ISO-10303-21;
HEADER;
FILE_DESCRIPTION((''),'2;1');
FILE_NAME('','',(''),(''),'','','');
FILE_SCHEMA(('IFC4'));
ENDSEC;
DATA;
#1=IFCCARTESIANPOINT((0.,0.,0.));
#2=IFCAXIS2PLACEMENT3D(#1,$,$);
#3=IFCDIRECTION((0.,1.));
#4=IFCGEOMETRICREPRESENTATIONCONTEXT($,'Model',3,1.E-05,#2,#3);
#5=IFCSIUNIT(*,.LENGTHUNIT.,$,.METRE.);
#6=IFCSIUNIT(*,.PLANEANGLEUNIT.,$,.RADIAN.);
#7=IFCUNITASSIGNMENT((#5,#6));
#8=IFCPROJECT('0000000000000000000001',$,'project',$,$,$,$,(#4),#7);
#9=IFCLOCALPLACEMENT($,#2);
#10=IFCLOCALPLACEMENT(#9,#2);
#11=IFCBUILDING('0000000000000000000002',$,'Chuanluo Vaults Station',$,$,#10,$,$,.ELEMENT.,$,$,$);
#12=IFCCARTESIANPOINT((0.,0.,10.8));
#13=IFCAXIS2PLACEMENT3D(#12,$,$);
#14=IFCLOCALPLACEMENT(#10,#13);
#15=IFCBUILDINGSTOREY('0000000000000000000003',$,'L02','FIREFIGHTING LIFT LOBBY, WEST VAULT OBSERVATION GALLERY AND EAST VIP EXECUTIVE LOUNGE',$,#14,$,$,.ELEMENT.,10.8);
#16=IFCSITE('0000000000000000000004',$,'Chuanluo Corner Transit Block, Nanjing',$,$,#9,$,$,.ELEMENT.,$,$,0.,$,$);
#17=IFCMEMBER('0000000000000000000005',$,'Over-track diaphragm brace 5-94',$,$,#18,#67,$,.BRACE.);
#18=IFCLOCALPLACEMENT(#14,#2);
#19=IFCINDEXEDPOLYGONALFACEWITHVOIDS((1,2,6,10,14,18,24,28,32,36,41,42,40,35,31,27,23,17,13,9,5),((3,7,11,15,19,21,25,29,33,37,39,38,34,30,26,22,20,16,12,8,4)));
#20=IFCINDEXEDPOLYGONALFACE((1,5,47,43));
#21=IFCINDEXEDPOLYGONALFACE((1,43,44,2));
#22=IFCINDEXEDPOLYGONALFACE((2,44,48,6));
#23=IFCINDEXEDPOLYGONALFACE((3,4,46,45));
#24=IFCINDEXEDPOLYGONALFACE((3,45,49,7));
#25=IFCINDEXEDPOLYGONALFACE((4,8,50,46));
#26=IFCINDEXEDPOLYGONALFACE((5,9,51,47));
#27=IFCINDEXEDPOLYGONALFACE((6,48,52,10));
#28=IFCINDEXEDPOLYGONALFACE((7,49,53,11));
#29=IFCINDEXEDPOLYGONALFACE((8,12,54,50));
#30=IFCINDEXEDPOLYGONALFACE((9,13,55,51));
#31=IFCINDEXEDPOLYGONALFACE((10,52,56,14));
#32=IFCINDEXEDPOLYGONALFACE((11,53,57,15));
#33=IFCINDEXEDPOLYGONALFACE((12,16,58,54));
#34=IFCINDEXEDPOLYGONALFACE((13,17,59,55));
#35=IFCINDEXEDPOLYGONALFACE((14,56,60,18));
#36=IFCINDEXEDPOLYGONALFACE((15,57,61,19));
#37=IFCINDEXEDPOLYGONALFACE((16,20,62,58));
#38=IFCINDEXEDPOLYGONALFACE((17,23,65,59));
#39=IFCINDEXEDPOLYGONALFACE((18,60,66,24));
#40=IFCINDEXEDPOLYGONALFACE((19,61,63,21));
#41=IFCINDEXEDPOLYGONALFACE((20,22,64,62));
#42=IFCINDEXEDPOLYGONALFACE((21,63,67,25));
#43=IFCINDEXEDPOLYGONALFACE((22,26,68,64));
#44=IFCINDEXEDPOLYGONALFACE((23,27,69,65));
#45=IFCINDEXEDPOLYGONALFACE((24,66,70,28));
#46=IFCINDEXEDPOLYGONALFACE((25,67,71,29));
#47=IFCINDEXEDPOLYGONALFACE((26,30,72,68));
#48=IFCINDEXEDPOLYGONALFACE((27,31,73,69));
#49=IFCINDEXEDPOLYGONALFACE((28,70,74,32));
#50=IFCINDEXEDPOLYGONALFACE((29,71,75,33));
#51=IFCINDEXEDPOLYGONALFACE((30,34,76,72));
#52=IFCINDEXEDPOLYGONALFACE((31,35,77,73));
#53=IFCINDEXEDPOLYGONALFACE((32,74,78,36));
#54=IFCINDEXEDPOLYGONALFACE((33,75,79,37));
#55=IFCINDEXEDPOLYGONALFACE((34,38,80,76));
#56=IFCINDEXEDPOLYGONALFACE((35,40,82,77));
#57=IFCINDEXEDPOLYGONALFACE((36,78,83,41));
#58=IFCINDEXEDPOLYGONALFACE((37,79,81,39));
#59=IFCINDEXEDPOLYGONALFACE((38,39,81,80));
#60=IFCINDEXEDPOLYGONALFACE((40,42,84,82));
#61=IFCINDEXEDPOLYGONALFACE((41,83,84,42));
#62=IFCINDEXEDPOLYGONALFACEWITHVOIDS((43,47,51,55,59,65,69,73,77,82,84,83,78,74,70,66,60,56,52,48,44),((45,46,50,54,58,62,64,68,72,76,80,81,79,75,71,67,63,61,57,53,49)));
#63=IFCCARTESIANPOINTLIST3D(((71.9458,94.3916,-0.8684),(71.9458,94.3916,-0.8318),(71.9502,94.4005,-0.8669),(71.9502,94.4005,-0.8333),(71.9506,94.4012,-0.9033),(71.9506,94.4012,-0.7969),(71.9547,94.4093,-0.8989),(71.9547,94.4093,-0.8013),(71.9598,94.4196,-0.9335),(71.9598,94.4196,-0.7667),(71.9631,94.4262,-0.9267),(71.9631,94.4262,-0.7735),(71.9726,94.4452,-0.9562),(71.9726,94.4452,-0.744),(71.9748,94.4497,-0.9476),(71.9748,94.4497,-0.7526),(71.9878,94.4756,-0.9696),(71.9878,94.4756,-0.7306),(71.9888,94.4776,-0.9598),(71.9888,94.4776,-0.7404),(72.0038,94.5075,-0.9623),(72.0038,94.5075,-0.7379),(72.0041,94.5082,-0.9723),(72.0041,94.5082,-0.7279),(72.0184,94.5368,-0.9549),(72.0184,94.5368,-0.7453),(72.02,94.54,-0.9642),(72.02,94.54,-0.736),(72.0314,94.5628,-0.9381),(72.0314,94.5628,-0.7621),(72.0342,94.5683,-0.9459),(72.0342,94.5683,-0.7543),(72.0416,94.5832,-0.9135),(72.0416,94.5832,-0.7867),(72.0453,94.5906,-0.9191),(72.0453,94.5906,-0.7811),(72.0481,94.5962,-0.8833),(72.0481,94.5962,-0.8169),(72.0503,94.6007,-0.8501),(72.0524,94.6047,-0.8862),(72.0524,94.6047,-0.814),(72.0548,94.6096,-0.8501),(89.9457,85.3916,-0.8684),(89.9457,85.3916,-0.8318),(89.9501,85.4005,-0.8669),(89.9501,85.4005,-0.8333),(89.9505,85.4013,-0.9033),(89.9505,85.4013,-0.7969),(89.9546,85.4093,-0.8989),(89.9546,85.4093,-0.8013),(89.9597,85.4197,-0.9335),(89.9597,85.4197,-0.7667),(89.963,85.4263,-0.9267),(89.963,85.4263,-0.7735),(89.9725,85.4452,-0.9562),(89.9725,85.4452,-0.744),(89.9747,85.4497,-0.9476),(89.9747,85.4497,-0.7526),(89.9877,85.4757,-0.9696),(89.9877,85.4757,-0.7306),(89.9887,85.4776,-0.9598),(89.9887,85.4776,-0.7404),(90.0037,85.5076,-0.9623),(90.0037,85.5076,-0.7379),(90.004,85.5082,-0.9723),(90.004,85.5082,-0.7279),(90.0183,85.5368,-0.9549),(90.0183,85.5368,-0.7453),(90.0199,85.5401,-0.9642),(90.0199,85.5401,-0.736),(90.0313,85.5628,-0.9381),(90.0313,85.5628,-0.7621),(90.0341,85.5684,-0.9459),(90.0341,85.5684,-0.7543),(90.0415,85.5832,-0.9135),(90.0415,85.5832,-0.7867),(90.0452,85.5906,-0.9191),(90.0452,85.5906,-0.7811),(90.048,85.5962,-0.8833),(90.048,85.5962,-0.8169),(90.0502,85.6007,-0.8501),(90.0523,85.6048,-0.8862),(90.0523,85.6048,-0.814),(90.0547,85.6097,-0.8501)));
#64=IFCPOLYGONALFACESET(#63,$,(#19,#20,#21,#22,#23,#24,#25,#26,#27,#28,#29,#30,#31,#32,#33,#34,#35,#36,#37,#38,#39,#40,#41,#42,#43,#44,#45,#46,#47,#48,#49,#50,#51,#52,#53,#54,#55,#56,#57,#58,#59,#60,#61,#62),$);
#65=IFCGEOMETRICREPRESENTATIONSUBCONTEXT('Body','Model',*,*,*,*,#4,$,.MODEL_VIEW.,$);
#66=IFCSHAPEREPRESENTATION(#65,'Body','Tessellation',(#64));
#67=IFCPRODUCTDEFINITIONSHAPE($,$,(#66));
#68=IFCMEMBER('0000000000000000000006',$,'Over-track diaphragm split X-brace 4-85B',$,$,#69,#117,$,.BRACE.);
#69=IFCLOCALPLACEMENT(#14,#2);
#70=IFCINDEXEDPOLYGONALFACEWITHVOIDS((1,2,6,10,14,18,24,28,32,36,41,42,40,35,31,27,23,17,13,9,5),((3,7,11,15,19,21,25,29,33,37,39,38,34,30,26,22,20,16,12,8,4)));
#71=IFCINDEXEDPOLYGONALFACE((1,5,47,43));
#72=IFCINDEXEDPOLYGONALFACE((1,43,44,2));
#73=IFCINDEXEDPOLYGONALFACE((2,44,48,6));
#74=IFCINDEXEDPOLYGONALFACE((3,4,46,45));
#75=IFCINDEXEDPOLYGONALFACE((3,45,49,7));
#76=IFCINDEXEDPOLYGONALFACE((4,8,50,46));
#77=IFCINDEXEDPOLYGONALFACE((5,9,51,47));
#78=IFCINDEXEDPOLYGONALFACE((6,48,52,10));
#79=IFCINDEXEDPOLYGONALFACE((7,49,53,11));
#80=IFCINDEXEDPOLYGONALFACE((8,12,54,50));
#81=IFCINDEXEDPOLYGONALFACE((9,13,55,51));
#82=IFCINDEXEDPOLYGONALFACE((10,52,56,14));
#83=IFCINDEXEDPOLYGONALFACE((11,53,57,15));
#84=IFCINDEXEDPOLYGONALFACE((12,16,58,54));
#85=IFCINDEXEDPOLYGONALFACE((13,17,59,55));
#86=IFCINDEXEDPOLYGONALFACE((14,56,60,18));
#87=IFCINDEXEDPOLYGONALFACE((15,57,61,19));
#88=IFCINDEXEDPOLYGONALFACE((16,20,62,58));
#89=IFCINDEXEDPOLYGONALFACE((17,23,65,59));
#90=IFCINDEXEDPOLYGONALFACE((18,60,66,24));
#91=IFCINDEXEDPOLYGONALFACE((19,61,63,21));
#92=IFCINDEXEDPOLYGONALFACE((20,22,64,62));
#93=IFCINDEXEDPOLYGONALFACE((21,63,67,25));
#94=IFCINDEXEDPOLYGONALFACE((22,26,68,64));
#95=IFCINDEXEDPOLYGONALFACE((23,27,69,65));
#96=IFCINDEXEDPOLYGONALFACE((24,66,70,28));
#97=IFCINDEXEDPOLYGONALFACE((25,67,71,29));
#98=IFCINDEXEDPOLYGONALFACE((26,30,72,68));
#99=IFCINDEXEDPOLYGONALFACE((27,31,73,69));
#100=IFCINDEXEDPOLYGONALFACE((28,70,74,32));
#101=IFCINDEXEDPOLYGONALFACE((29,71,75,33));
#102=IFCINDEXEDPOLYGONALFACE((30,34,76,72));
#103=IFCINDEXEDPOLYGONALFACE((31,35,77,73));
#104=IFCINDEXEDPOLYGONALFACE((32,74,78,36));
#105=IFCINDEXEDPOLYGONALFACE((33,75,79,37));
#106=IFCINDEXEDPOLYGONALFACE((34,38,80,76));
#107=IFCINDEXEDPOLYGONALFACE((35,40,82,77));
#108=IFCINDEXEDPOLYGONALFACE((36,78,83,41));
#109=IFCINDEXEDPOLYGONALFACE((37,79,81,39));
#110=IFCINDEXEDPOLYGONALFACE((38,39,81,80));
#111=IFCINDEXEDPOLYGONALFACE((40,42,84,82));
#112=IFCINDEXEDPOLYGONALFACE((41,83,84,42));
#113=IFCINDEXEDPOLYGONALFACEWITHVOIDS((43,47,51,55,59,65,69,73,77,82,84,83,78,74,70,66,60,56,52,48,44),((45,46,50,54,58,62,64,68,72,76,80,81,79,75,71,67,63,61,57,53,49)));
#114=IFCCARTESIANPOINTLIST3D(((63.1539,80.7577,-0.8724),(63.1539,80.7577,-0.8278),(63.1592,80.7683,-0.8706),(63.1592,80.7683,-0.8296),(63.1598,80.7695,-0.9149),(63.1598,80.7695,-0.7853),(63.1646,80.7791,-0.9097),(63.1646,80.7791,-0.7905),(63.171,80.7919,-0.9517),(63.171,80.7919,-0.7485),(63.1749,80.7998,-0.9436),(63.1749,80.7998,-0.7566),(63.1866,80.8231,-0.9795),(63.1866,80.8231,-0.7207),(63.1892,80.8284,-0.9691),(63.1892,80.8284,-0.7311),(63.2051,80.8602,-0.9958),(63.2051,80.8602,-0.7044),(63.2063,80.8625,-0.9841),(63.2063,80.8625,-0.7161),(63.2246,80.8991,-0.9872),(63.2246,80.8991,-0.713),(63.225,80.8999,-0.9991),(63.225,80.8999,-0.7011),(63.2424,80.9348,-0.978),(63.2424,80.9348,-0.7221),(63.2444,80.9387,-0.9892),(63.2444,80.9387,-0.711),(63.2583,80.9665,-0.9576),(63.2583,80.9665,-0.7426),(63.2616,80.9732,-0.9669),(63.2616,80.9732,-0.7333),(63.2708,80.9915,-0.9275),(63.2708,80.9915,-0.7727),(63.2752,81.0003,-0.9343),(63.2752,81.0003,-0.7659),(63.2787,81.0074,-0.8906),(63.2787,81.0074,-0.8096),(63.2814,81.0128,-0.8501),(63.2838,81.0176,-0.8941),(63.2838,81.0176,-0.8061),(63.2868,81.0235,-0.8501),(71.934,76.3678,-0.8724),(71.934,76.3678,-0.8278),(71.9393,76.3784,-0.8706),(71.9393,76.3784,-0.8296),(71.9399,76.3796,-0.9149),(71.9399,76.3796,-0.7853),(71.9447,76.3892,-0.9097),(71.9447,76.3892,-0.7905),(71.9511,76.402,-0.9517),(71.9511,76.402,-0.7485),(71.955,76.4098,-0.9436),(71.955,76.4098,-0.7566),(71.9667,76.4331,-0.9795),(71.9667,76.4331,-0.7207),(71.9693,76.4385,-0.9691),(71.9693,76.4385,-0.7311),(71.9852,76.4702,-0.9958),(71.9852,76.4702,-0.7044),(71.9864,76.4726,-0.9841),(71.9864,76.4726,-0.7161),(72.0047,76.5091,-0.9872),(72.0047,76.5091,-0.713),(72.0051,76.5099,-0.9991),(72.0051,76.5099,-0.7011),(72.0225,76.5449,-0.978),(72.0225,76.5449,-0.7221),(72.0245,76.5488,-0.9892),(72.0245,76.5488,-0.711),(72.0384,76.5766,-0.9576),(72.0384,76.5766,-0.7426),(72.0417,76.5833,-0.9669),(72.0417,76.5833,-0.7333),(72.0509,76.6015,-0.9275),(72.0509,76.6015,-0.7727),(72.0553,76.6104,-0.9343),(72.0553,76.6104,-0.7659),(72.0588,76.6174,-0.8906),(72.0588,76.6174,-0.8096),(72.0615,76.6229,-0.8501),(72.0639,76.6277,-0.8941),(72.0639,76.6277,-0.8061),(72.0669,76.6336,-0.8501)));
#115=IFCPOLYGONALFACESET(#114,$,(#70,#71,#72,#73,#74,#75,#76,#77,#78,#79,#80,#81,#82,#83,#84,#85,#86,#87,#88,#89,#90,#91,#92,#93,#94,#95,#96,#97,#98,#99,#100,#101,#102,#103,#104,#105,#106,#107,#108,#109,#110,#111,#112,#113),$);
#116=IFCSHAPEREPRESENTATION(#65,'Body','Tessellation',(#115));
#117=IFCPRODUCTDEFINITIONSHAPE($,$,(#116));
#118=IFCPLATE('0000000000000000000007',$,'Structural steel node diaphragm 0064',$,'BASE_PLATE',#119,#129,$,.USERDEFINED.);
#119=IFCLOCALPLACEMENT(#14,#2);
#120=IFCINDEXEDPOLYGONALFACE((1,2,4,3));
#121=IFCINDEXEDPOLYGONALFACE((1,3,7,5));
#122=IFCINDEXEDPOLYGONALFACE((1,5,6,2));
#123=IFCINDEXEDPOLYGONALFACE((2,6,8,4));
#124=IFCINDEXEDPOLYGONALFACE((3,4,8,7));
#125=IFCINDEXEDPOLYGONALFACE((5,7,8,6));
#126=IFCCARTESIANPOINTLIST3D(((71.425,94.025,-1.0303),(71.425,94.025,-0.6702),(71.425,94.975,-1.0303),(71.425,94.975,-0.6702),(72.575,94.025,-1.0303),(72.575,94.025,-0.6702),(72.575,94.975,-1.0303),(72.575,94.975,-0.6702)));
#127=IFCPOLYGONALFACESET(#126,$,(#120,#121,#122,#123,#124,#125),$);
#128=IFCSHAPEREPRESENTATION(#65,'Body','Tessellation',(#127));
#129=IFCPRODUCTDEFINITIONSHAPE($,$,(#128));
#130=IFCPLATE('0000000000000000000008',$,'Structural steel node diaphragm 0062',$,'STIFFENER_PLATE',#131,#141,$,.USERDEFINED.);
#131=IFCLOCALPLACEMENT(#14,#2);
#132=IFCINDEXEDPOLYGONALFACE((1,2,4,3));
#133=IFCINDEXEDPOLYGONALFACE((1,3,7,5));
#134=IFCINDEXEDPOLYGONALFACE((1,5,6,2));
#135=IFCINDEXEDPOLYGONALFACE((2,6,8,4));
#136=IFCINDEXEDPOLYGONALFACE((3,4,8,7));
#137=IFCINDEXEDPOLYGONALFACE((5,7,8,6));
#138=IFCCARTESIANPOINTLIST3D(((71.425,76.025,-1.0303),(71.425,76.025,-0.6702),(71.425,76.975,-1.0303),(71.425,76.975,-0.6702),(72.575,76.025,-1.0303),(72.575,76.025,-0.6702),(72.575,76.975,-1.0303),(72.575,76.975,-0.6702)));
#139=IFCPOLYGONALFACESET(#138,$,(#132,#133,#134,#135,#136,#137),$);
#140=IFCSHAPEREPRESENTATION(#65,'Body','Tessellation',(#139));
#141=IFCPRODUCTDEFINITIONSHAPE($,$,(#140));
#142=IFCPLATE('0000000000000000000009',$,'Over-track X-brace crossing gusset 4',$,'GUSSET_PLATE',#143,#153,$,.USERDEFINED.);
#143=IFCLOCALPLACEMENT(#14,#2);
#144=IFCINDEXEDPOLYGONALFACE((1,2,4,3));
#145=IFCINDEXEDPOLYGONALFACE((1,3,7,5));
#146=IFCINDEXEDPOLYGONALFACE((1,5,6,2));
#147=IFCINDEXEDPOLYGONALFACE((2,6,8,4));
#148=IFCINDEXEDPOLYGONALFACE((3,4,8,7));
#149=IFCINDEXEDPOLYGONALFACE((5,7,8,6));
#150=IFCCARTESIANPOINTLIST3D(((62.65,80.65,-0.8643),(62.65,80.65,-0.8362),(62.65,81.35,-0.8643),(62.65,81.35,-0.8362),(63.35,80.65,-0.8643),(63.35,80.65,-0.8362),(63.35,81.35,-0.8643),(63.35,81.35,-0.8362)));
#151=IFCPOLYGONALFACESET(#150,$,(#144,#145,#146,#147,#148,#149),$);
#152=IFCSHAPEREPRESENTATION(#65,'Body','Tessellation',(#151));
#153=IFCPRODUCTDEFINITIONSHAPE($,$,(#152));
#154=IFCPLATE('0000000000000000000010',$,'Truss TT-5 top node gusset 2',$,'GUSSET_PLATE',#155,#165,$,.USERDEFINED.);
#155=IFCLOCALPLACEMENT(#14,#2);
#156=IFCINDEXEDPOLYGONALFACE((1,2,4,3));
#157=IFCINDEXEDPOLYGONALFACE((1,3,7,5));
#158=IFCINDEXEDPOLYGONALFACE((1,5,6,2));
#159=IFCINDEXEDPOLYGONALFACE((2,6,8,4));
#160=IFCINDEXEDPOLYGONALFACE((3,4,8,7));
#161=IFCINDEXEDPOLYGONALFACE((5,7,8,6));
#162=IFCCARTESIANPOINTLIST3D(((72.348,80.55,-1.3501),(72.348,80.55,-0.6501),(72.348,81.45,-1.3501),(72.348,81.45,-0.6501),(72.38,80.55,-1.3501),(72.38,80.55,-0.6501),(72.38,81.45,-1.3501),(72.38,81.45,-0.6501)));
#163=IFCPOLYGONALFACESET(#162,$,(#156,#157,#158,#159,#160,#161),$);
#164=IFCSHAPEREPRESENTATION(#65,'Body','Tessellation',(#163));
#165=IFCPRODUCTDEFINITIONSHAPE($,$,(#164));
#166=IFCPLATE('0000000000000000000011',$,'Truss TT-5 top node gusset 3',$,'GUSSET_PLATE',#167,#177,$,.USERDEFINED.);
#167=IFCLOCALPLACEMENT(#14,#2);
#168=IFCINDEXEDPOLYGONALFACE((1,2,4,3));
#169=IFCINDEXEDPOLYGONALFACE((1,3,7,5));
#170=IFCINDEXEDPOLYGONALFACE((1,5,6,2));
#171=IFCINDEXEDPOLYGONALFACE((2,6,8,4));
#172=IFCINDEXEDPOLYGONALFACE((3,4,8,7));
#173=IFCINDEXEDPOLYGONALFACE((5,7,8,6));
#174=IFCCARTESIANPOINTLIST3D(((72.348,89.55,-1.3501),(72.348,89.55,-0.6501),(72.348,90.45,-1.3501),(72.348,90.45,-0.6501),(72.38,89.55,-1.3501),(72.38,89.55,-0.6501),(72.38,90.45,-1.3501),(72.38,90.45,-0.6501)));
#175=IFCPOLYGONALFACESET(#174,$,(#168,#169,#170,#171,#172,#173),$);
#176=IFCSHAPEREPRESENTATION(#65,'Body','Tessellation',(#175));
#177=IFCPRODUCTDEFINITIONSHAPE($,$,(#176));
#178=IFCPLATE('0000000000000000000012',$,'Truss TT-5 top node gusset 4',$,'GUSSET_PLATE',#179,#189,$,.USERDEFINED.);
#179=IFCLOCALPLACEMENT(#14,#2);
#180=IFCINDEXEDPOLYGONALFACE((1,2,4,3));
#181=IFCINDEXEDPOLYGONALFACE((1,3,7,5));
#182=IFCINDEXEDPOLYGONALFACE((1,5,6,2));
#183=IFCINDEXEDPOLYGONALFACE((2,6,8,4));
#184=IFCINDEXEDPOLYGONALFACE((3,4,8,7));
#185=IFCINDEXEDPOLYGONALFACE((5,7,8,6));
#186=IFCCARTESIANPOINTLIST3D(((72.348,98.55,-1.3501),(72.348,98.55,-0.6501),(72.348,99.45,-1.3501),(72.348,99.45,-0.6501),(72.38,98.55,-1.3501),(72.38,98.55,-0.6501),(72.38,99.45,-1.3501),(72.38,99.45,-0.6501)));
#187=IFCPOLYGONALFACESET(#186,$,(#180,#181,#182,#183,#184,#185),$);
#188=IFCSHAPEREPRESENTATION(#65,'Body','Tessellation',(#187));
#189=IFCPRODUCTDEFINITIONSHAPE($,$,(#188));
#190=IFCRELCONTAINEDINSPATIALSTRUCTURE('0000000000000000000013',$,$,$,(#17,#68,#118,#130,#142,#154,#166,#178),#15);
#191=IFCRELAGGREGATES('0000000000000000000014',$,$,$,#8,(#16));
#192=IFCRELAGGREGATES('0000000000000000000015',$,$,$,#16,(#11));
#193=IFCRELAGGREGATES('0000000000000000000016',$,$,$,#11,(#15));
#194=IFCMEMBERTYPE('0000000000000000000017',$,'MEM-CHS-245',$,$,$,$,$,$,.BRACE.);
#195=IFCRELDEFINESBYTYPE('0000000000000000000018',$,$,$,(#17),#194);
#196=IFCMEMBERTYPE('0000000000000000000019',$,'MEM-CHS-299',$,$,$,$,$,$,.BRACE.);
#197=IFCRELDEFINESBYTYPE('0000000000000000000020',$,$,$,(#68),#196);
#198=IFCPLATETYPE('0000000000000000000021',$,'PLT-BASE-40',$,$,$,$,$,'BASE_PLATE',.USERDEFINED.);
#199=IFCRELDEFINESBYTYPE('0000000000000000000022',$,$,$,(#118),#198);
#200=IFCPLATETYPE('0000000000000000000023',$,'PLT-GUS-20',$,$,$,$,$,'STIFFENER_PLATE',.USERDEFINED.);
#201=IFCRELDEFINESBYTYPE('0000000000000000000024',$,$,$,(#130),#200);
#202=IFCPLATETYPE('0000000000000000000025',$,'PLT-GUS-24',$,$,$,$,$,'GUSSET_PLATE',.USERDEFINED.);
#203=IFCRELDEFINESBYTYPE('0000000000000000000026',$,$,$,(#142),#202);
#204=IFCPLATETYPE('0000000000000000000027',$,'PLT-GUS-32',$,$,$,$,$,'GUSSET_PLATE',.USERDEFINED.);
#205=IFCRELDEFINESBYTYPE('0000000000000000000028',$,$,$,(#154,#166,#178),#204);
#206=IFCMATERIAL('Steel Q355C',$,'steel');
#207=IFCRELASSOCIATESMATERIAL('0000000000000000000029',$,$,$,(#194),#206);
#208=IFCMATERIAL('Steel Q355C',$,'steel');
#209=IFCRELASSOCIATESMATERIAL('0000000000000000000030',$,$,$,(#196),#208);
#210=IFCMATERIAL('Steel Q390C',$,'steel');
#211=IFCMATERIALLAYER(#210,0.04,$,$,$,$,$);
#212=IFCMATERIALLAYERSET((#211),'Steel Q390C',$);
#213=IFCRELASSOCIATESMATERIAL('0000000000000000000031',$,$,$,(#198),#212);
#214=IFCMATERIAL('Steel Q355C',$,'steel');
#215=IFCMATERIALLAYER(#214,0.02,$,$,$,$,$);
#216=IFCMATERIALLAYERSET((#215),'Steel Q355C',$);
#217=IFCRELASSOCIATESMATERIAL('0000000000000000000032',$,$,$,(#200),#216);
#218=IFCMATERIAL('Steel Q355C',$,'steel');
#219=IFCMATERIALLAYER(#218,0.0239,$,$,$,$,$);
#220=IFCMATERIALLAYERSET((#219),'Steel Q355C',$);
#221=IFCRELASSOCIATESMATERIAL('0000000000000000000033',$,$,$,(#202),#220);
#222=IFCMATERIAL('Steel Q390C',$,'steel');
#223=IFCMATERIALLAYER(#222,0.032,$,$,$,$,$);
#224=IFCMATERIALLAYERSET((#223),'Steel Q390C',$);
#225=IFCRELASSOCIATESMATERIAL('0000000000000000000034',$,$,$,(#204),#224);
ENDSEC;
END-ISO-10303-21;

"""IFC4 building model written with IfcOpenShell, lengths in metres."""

from ifc_helpers import new_model, si_unit, direction, frame, origin, origin_2d, place, context, subcontext, project, spatial, rectangle, hollow_circle, extrude, material, layer, layer_set, material_profile, profile_set, type_object, element, save


model = new_model("IFC4")

# Units and contexts
model_context = context("Model", 3, precision=1e-05, world=origin(), true_north=direction((0.0, 1.0)))
body_context = subcontext(model_context, "Body", "Model", "MODEL_VIEW")
ifc_project = project(units=[si_unit("LENGTHUNIT", "METRE"), si_unit("PLANEANGLEUNIT", "RADIAN")], contexts=[model_context])

# Site, building, storey
site_placement = place(None, origin())
site = spatial("IfcSite", under=ifc_project, at=site_placement, Name="Chuanluo Corner Transit Block, Nanjing", CompositionType="ELEMENT", RefElevation=0.0)
building_placement = place(site_placement, origin())
building = spatial("IfcBuilding", under=site, at=building_placement, Name="Chuanluo Vaults Station", CompositionType="ELEMENT")
storey_placement = place(building_placement, frame((0.0, 0.0, 10.8)))
storey = spatial("IfcBuildingStorey", under=building, at=storey_placement, Name="L02", Description="FIREFIGHTING LIFT LOBBY, WEST VAULT OBSERVATION GALLERY AND EAST VIP EXECUTIVE LOUNGE", CompositionType="ELEMENT", Elevation=10.8)

# Members
ifc_material_1 = material(Name="Steel Q355C", Category="steel")
ifc_material_profile_1 = material_profile(ifc_material_1, hollow_circle(Radius=0.1226, WallThickness=0.01, at=origin_2d()))
ifc_profile_set_1 = profile_set([ifc_material_profile_1], Name="Steel Q355C")
member_type_1 = type_object("IfcMemberType", Name="MEM-CHS-245", PredefinedType="BRACE", material=ifc_profile_set_1)
member_1_placement = place(storey_placement, frame((72.0, 94.5, -0.8501), z_axis=(0.894427, -0.447214, 0.0), x_axis=(0.447214, 0.894427, 0.0)))
element("IfcMember", 1, at=member_1_placement, inside=storey, type_object=member_type_1, Name="Over-track diaphragm brace 5-94", PredefinedType="BRACE", context=body_context, shape_type="SweptSolid", body=[
    extrude(hollow_circle(Radius=0.1226, WallThickness=0.01, at=origin_2d()), origin(), (0.0, 0.0, 1.0), 20.1245),
])
ifc_material_2 = material(Name="Steel Q355C", Category="steel")
ifc_material_profile_2 = material_profile(ifc_material_2, hollow_circle(Radius=0.1494, WallThickness=0.012, at=origin_2d()))
ifc_profile_set_2 = profile_set([ifc_material_profile_2], Name="Steel Q355C")
member_type_2 = type_object("IfcMemberType", Name="MEM-CHS-299", PredefinedType="BRACE", material=ifc_profile_set_2)
member_2_placement = place(storey_placement, frame((63.22, 80.8899, -0.8501), z_axis=(0.894432, -0.447204, 0.0), x_axis=(0.447204, 0.894432, 0.0)))
element("IfcMember", 2, at=member_2_placement, inside=storey, type_object=member_type_2, Name="Over-track diaphragm split X-brace 4-85B", PredefinedType="BRACE", context=body_context, shape_type="SweptSolid", body=[
    extrude(hollow_circle(Radius=0.1494, WallThickness=0.012, at=origin_2d()), origin(), (0.0, 0.0, 1.0), 9.8164),
])

# Plates
ifc_material_3 = material(Name="Steel Q390C", Category="steel")
ifc_layer_1 = layer(ifc_material_3, 0.04)
ifc_layer_set_1 = layer_set([ifc_layer_1], Name="Steel Q390C")
plate_type_1 = type_object("IfcPlateType", Name="PLT-BASE-40", ElementType="BASE_PLATE", PredefinedType="USERDEFINED", material=ifc_layer_set_1)
plate_1_placement = place(storey_placement, frame((72.0, 94.5, -1.0303), z_axis=(0.0, 0.0, 1.0), x_axis=(1.0, 0.0, 0.0)))
element("IfcPlate", 3, at=plate_1_placement, inside=storey, type_object=plate_type_1, Name="Structural steel node diaphragm 0064", ObjectType="BASE_PLATE", PredefinedType="USERDEFINED", context=body_context, shape_type="SweptSolid", body=[
    extrude(rectangle(XDim=1.1499, YDim=0.95, at=origin_2d()), origin(), (0.0, 0.0, 1.0), 0.3601),
])
ifc_material_4 = material(Name="Steel Q355C", Category="steel")
ifc_layer_2 = layer(ifc_material_4, 0.02)
ifc_layer_set_2 = layer_set([ifc_layer_2], Name="Steel Q355C")
plate_type_2 = type_object("IfcPlateType", Name="PLT-GUS-20", ElementType="STIFFENER_PLATE", PredefinedType="USERDEFINED", material=ifc_layer_set_2)
plate_2_placement = place(storey_placement, frame((72.0, 76.5, -1.0303), z_axis=(0.0, 0.0, 1.0), x_axis=(1.0, 0.0, 0.0)))
element("IfcPlate", 4, at=plate_2_placement, inside=storey, type_object=plate_type_2, Name="Structural steel node diaphragm 0062", ObjectType="STIFFENER_PLATE", PredefinedType="USERDEFINED", context=body_context, shape_type="SweptSolid", body=[
    extrude(rectangle(XDim=1.1499, YDim=0.95, at=origin_2d()), origin(), (0.0, 0.0, 1.0), 0.3601),
])
ifc_material_5 = material(Name="Steel Q355C", Category="steel")
ifc_layer_3 = layer(ifc_material_5, 0.0239)
ifc_layer_set_3 = layer_set([ifc_layer_3], Name="Steel Q355C")
plate_type_3 = type_object("IfcPlateType", Name="PLT-GUS-24", ElementType="GUSSET_PLATE", PredefinedType="USERDEFINED", material=ifc_layer_set_3)
plate_3_placement = place(storey_placement, frame((63.0, 81.0, -0.8643), z_axis=(0.0, 0.0, 1.0), x_axis=(1.0, 0.0, 0.0)))
element("IfcPlate", 5, at=plate_3_placement, inside=storey, type_object=plate_type_3, Name="Over-track X-brace crossing gusset 4", ObjectType="GUSSET_PLATE", PredefinedType="USERDEFINED", context=body_context, shape_type="SweptSolid", body=[
    extrude(rectangle(XDim=0.7, YDim=0.7, at=origin_2d()), origin(), (0.0, 0.0, 1.0), 0.0281),
])
ifc_material_6 = material(Name="Steel Q390C", Category="steel")
ifc_layer_4 = layer(ifc_material_6, 0.032)
ifc_layer_set_4 = layer_set([ifc_layer_4], Name="Steel Q390C")
plate_type_4 = type_object("IfcPlateType", Name="PLT-GUS-32", ElementType="GUSSET_PLATE", PredefinedType="USERDEFINED", material=ifc_layer_set_4)
for number, where, z_axis, x_axis, name in (
    (6, (72.364, 81.0, -1.3501), (0.0, 0.0, 1.0), (1.0, 0.0, 0.0), "Truss TT-5 top node gusset 2"),
    (7, (72.364, 90.0, -1.3501), (0.0, 0.0, 1.0), (1.0, 0.0, 0.0), "Truss TT-5 top node gusset 3"),
    (8, (72.364, 99.0, -1.3501), (0.0, 0.0, 1.0), (1.0, 0.0, 0.0), "Truss TT-5 top node gusset 4"),
):
    element("IfcPlate", number, at=place(storey_placement, frame(where, z_axis=z_axis, x_axis=x_axis)), inside=storey, type_object=plate_type_4, Name=name, ObjectType="GUSSET_PLATE", PredefinedType="USERDEFINED", context=body_context, shape_type="SweptSolid", body=[
        extrude(rectangle(XDim=0.032, YDim=0.8999, at=origin_2d()), origin(), (0.0, 0.0, 1.0), 0.7),
    ])

save(model, "model.ifc")
